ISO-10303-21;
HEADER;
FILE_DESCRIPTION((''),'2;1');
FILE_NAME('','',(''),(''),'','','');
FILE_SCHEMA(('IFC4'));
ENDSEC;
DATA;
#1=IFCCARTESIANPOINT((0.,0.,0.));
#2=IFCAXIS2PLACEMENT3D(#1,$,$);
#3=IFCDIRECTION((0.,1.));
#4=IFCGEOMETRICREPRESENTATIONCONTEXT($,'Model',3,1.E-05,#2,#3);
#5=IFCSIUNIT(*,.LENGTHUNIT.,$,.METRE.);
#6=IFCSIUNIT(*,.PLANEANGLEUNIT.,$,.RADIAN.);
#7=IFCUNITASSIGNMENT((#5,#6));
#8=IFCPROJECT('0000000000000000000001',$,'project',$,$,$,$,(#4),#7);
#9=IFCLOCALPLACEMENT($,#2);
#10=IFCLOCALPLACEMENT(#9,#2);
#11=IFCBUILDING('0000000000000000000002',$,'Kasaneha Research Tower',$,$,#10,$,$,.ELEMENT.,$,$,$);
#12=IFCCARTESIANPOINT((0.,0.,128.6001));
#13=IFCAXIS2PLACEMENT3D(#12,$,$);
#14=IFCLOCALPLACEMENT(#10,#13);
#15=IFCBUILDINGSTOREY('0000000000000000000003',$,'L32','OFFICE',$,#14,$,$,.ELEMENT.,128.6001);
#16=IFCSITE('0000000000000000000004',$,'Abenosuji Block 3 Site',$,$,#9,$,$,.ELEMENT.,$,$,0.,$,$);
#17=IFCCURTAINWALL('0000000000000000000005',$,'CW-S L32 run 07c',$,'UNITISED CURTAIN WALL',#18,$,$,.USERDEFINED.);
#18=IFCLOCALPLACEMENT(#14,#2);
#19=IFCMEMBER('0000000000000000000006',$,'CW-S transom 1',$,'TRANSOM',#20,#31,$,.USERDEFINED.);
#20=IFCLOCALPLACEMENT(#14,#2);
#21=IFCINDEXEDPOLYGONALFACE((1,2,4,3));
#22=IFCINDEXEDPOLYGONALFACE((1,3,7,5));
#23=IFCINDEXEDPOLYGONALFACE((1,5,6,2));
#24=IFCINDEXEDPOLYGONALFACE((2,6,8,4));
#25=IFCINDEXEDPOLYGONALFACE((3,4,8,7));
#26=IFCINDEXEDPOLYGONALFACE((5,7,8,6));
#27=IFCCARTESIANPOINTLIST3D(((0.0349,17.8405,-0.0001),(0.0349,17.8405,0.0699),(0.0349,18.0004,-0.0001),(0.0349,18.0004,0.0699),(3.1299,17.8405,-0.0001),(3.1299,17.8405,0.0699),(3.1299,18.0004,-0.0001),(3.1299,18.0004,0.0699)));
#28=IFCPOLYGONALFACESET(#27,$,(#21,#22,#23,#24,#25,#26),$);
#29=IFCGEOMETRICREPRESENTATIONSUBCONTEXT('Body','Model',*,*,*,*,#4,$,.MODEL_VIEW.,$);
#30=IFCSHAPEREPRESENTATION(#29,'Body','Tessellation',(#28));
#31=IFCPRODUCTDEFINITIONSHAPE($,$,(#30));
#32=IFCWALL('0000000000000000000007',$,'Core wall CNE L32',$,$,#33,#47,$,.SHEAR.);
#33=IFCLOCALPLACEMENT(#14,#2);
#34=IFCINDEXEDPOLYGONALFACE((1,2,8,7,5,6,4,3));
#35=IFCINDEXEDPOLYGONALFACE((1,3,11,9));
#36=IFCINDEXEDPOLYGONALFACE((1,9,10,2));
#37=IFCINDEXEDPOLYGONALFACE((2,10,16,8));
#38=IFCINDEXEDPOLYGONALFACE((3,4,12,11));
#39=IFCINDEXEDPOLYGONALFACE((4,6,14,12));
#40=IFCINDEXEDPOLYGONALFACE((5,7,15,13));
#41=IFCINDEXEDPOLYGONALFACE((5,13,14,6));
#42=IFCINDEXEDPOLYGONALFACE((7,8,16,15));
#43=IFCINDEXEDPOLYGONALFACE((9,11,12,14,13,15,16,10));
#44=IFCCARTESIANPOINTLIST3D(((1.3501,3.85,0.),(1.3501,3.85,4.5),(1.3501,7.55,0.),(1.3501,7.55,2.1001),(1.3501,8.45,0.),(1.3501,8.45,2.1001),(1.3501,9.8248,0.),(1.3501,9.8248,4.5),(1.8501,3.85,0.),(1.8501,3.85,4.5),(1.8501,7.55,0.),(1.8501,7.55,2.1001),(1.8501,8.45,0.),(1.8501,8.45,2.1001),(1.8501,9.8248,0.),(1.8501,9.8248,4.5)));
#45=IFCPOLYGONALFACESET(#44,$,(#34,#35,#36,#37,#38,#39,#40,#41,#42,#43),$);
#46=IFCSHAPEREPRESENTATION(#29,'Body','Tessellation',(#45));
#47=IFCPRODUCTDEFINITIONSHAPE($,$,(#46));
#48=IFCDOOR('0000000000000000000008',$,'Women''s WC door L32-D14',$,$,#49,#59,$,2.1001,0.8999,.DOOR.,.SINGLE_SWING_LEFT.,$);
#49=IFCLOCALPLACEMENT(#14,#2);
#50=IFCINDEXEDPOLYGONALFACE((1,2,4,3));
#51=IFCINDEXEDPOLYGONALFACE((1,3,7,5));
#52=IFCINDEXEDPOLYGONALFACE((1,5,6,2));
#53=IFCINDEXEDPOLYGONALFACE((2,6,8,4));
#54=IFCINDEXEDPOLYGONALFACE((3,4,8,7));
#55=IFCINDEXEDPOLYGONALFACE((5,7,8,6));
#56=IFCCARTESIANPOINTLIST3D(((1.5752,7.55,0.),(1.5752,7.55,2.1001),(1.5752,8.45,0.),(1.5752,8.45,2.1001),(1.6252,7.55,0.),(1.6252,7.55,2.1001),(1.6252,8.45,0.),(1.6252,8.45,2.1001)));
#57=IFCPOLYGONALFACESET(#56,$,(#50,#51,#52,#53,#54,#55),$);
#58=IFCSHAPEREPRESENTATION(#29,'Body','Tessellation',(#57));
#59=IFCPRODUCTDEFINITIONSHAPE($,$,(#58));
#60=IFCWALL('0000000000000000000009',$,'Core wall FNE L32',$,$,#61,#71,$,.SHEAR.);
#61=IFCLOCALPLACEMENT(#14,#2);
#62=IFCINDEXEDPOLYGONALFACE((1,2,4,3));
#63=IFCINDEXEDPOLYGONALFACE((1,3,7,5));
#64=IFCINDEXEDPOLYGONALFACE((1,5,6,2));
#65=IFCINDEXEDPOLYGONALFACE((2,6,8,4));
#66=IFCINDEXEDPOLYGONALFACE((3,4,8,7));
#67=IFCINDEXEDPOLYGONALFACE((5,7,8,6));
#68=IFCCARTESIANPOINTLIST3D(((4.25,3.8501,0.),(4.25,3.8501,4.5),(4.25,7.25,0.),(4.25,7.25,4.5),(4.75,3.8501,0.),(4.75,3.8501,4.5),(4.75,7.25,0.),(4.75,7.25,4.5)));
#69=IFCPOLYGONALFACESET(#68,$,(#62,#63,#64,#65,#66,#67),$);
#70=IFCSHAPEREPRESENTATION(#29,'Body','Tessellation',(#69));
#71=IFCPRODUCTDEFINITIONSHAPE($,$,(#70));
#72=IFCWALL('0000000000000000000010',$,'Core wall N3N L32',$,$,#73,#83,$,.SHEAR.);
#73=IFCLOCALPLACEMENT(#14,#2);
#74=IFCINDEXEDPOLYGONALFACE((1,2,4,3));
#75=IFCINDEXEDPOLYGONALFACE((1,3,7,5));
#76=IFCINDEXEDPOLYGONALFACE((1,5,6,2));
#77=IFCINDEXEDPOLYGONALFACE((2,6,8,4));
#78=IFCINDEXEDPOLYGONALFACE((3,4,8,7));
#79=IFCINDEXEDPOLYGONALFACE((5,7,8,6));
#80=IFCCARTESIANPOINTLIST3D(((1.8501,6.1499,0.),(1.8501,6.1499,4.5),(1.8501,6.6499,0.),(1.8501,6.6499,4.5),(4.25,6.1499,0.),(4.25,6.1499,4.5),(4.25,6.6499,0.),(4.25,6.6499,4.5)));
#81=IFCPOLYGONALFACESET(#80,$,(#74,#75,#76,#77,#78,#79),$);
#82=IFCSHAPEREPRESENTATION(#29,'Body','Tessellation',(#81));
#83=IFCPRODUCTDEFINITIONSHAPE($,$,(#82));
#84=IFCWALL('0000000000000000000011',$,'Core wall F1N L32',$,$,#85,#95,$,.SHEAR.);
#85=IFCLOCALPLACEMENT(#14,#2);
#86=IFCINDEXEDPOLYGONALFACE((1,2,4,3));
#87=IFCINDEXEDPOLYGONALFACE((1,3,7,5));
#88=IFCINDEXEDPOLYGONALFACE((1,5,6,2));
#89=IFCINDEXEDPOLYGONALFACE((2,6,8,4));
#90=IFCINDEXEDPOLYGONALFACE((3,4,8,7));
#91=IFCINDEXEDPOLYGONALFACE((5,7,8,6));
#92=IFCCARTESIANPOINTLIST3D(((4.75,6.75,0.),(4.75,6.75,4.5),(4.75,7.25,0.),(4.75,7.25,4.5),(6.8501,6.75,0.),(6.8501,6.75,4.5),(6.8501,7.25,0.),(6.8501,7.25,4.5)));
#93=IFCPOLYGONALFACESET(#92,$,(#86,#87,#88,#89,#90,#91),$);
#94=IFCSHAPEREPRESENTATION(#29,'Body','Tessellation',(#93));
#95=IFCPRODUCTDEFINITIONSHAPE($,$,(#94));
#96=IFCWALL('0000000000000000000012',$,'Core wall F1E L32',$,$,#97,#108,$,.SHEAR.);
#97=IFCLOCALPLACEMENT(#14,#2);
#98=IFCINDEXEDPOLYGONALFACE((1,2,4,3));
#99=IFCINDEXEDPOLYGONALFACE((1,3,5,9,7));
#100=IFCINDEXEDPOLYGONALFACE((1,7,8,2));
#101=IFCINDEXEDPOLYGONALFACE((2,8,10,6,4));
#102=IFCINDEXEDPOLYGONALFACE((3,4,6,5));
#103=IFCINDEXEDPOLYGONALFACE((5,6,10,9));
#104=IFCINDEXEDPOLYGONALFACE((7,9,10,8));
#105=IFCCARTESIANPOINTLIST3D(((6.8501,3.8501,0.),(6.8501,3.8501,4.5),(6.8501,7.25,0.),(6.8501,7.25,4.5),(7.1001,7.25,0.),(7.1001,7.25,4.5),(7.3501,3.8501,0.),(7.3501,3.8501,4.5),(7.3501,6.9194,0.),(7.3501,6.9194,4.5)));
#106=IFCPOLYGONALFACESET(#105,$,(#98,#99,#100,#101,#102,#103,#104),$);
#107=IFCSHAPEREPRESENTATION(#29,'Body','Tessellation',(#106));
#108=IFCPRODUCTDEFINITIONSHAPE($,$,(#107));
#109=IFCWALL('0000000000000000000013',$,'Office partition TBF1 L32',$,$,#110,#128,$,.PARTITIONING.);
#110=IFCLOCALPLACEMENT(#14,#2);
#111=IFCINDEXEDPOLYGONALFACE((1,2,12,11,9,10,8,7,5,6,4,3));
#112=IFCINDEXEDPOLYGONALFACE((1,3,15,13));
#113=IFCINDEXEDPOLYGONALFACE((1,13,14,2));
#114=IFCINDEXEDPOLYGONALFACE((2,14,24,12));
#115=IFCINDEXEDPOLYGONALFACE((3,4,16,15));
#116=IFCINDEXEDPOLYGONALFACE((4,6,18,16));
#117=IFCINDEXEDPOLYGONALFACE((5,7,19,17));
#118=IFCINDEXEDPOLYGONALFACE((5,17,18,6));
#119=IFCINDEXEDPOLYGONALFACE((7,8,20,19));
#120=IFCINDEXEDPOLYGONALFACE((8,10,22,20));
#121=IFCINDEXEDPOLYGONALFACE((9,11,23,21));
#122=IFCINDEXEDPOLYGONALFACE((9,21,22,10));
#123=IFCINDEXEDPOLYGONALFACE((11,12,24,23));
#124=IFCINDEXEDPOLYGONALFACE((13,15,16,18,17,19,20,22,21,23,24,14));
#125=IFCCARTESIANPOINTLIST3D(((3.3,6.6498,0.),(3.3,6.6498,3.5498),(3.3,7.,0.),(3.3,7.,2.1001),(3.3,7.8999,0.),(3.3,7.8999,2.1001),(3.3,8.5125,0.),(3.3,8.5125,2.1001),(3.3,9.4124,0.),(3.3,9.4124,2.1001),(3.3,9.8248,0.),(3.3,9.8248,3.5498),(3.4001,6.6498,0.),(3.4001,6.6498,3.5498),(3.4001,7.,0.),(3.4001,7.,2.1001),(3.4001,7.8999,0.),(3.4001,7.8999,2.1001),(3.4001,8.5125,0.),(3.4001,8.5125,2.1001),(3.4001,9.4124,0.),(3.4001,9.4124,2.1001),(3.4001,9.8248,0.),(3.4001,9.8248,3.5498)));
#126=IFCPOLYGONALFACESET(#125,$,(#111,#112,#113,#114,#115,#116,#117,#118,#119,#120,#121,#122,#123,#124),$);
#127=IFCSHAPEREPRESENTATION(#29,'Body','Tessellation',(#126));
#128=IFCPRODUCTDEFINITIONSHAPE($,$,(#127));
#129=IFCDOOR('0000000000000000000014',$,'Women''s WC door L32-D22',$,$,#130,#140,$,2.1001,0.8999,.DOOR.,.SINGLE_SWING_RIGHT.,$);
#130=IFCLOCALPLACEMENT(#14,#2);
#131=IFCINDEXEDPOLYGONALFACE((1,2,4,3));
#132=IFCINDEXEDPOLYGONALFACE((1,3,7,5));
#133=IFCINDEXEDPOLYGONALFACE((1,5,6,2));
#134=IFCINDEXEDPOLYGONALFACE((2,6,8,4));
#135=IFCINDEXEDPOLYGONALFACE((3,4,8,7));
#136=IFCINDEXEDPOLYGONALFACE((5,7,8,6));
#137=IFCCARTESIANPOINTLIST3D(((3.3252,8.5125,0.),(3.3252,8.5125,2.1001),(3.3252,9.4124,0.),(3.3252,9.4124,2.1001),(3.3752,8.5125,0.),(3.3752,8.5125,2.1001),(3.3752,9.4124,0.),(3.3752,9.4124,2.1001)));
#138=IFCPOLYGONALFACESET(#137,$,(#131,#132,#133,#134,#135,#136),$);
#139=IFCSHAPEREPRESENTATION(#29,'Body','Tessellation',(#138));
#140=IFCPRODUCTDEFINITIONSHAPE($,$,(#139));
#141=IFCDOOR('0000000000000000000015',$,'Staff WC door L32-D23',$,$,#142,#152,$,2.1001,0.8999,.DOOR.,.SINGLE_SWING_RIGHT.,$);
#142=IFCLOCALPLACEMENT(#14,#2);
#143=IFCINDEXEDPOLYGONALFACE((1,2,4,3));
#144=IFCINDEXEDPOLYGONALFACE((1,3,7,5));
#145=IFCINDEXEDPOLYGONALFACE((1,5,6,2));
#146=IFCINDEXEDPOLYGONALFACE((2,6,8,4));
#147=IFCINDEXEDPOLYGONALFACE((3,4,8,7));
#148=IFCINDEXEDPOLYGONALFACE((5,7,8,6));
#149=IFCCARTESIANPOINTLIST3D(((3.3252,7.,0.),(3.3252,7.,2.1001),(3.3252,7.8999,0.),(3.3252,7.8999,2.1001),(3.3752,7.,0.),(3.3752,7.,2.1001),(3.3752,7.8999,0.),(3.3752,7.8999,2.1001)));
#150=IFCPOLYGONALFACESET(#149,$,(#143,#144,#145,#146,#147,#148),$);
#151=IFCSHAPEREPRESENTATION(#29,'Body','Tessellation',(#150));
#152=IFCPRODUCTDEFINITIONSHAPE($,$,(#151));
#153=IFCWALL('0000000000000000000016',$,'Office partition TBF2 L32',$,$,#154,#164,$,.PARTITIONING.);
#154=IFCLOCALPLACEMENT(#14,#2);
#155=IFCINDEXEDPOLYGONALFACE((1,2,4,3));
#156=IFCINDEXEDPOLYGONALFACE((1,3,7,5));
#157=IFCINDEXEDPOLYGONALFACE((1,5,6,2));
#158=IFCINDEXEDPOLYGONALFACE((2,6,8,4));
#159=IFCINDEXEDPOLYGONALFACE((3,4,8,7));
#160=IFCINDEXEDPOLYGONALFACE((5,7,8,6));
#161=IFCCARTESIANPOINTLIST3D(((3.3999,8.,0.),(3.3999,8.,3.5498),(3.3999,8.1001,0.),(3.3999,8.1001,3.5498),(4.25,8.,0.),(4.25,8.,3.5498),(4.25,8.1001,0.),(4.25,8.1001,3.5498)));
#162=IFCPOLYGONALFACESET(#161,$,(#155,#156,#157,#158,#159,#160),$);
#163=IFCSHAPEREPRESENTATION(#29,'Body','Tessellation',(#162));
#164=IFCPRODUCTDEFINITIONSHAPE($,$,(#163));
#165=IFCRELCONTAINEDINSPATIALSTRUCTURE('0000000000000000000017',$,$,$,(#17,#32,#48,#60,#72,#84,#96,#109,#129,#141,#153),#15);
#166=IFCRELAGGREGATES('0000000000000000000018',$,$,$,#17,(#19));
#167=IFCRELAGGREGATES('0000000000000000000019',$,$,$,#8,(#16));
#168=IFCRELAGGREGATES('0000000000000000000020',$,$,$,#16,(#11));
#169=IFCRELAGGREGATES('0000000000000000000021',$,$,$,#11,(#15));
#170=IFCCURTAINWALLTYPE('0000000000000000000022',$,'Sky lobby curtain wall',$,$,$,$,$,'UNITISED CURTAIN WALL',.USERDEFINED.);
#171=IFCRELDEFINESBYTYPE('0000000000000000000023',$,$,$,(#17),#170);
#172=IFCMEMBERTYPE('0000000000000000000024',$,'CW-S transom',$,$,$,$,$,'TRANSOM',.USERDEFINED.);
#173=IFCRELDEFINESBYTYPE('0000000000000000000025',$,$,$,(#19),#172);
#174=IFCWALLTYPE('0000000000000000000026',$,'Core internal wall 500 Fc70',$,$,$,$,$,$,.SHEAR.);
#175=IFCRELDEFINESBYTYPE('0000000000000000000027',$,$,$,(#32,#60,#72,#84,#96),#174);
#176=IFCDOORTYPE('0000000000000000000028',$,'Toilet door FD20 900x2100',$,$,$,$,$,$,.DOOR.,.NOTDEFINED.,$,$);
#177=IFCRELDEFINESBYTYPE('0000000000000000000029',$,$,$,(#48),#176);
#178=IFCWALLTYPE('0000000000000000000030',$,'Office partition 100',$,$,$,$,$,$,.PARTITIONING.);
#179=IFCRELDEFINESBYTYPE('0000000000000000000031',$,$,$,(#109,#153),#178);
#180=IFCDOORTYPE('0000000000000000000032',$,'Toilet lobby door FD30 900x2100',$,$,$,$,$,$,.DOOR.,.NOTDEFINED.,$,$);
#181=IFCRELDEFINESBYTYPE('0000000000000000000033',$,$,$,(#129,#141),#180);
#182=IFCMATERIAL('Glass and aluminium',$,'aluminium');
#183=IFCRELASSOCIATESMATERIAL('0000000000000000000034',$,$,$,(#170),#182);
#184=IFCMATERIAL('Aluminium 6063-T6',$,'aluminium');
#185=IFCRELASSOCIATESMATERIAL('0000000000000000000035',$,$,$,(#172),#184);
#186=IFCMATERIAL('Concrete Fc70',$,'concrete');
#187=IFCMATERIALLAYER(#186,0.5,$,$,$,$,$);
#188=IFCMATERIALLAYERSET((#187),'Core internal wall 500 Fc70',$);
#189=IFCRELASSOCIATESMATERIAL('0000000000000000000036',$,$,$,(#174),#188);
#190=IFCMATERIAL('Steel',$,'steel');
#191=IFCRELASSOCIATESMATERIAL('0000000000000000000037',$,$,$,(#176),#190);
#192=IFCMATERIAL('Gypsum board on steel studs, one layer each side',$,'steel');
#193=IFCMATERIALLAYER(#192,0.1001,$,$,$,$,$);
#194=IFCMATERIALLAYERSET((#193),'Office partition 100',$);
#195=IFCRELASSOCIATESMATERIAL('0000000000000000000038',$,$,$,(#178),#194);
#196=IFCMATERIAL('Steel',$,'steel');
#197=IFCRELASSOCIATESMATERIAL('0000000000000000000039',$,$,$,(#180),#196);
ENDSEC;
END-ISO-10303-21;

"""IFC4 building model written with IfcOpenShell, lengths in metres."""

from ifc_helpers import new_model, si_unit, direction, frame, frame_2d, origin, origin_2d, place, context, subcontext, project, spatial, polyline, rectangle, outline, extrude, material, layer, layer_set, material_profile, profile_set, type_object, element, fill, aggregate, save


model = new_model("IFC4")

# Units and contexts
model_context = context("Model", 3, precision=1e-05, world=origin(), true_north=direction((0.0, 1.0)))
body_context = subcontext(model_context, "Body", "Model", "MODEL_VIEW")
ifc_project = project(units=[si_unit("LENGTHUNIT", "METRE"), si_unit("PLANEANGLEUNIT", "RADIAN")], contexts=[model_context])

# Site, building, storey
site_placement = place(None, origin())
site = spatial("IfcSite", under=ifc_project, at=site_placement, Name="Abenosuji Block 3 Site", CompositionType="ELEMENT", RefElevation=0.0)
building_placement = place(site_placement, origin())
building = spatial("IfcBuilding", under=site, at=building_placement, Name="Kasaneha Research Tower", CompositionType="ELEMENT")
storey_placement = place(building_placement, frame((0.0, 0.0, 128.6001)))
storey = spatial("IfcBuildingStorey", under=building, at=storey_placement, Name="L32", Description="OFFICE", CompositionType="ELEMENT", Elevation=128.6001)

# Curtain wall, member
ifc_material_1 = material(Name="Glass and aluminium", Category="aluminium")
curtain_wall_type = type_object("IfcCurtainWallType", Name="Sky lobby curtain wall", ElementType="UNITISED CURTAIN WALL", PredefinedType="USERDEFINED", material=ifc_material_1)
curtain_wall_placement = place(storey_placement, origin())
curtain_wall = element("IfcCurtainWall", 1, at=curtain_wall_placement, inside=storey, type_object=curtain_wall_type, Name="CW-S L32 run 07c", ObjectType="UNITISED CURTAIN WALL", PredefinedType="USERDEFINED")
ifc_material_2 = material(Name="Aluminium 6063-T6", Category="aluminium")
ifc_material_profile = material_profile(ifc_material_2, rectangle(XDim=0.1599, YDim=0.0701, at=origin_2d()), Name="CW-S transom 160x70")
ifc_profile_set = profile_set([ifc_material_profile], Name="Aluminium 6063-T6")
member_type = type_object("IfcMemberType", Name="CW-S transom", ElementType="TRANSOM", PredefinedType="USERDEFINED", material=ifc_profile_set)
member_placement = place(storey_placement, frame((3.1299, 17.9204, 0.0349), z_axis=(-1.0, 0.0, 0.0), x_axis=(0.0, -1.0, 0.0)))
member = element("IfcMember", 2, at=member_placement, type_object=member_type, Name="CW-S transom 1", ObjectType="TRANSOM", PredefinedType="USERDEFINED", context=body_context, shape_type="SweptSolid", body=[
    extrude(rectangle(XDim=0.1599, YDim=0.0701, at=origin_2d()), origin(), (0.0, 0.0, 1.0), 3.095),
])
aggregate(curtain_wall, [member])

# Wall, opening, door
ifc_material_3 = material(Name="Concrete Fc70", Category="concrete")
ifc_layer_1 = layer(ifc_material_3, 0.5)
ifc_layer_set_1 = layer_set([ifc_layer_1], Name="Core internal wall 500 Fc70")
wall_type_1 = type_object("IfcWallType", Name="Core internal wall 500 Fc70", PredefinedType="SHEAR", material=ifc_layer_set_1)
wall_1_placement = place(storey_placement, frame((1.6001, 3.8501, 0.0), z_axis=(0.0, 0.0, 1.0), x_axis=(0.0, 1.0, 0.0)))
wall_1 = element("IfcWall", 3, at=wall_1_placement, inside=storey, type_object=wall_type_1, Name="Core wall CNE L32", PredefinedType="SHEAR", context=body_context, shape_type="SweptSolid", body=[
    extrude(rectangle(XDim=5.9749, YDim=0.5, at=frame_2d((2.9873, 0.0))), origin(), (0.0, 0.0, 1.0), 4.5),
])
opening_1_placement = place(wall_1_placement, frame((3.7, 0.0, 0.0)))
opening_1 = element("IfcOpeningElement", 4, at=opening_1_placement, cuts=wall_1, PredefinedType="OPENING", context=body_context, shape_type="SweptSolid", body=[
    extrude(rectangle(XDim=0.8999, YDim=2.1001, at=frame_2d((0.45, 1.05))), frame((0.0, 0.26, 0.0), z_axis=(0.0, -1.0, 0.0), x_axis=(1.0, 0.0, 0.0)), (0.0, 0.0, 1.0), 0.52),
])
ifc_material_4 = material(Name="Steel", Category="steel")
door_type_1 = type_object("IfcDoorType", Name="Toilet door FD20 900x2100", OperationType="NOTDEFINED", PredefinedType="DOOR", material=ifc_material_4)
door_1_placement = place(opening_1_placement, origin())
door_1 = element("IfcDoor", 5, at=door_1_placement, inside=storey, type_object=door_type_1, Name="Women's WC door L32-D14", OperationType="SINGLE_SWING_LEFT", OverallHeight=2.1001, OverallWidth=0.8999, PredefinedType="DOOR", context=body_context, shape_type="SweptSolid", body=[
    extrude(rectangle(XDim=0.8999, YDim=2.1001, at=frame_2d((0.45, 1.05))), frame((0.0, 0.0249, 0.0), z_axis=(0.0, -1.0, 0.0), x_axis=(1.0, 0.0, 0.0)), (0.0, 0.0, 1.0), 0.05),
])
fill(opening_1, door_1)

# Walls
wall_2_placement = place(storey_placement, frame((4.5, 3.8501, 0.0), z_axis=(0.0, 0.0, 1.0), x_axis=(0.0, 1.0, 0.0)))
element("IfcWall", 6, at=wall_2_placement, inside=storey, type_object=wall_type_1, Name="Core wall FNE L32", PredefinedType="SHEAR", context=body_context, shape_type="SweptSolid", body=[
    extrude(rectangle(XDim=3.3999, YDim=0.5, at=frame_2d((1.7, 0.0))), origin(), (0.0, 0.0, 1.0), 4.5),
])
wall_3_placement = place(storey_placement, frame((1.8501, 6.3999, 0.0), z_axis=(0.0, 0.0, 1.0), x_axis=(1.0, 0.0, 0.0)))
element("IfcWall", 7, at=wall_3_placement, inside=storey, type_object=wall_type_1, Name="Core wall N3N L32", PredefinedType="SHEAR", context=body_context, shape_type="SweptSolid", body=[
    extrude(rectangle(XDim=2.3999, YDim=0.5, at=frame_2d((1.2, 0.0))), origin(), (0.0, 0.0, 1.0), 4.5),
])
wall_4_placement = place(storey_placement, frame((4.75, 7.0, 0.0), z_axis=(0.0, 0.0, 1.0), x_axis=(1.0, 0.0, 0.0)))
element("IfcWall", 8, at=wall_4_placement, inside=storey, type_object=wall_type_1, Name="Core wall F1N L32", PredefinedType="SHEAR", context=body_context, shape_type="SweptSolid", body=[
    extrude(rectangle(XDim=2.1001, YDim=0.5, at=frame_2d((1.05, 0.0))), origin(), (0.0, 0.0, 1.0), 4.5),
])
wall_5_placement = place(storey_placement, frame((7.1001, 3.8501, 0.0), z_axis=(0.0, 0.0, 1.0), x_axis=(0.0, 1.0, 0.0)))
element("IfcWall", 9, at=wall_5_placement, inside=storey, type_object=wall_type_1, Name="Core wall F1E L32", PredefinedType="SHEAR", context=body_context, shape_type="SweptSolid", body=[
    extrude(outline(polyline([(0.0, -0.25), (3.0693, -0.25), (3.3999, 0.0), (3.3999, 0.25), (0.0, 0.25), (0.0, -0.25)])), origin(), (0.0, 0.0, 1.0), 4.5),
])

# Wall, openings, doors
ifc_material_5 = material(Name="Gypsum board on steel studs, one layer each side", Category="steel")
ifc_layer_2 = layer(ifc_material_5, 0.1001)
ifc_layer_set_2 = layer_set([ifc_layer_2], Name="Office partition 100")
wall_type_2 = type_object("IfcWallType", Name="Office partition 100", PredefinedType="PARTITIONING", material=ifc_layer_set_2)
wall_6_placement = place(storey_placement, frame((3.3501, 6.6499, 0.0), z_axis=(0.0, 0.0, 1.0), x_axis=(0.0, 1.0, 0.0)))
wall_6 = element("IfcWall", 10, at=wall_6_placement, inside=storey, type_object=wall_type_2, Name="Office partition TBF1 L32", PredefinedType="PARTITIONING", context=body_context, shape_type="SweptSolid", body=[
    extrude(rectangle(XDim=3.175, YDim=0.1001, at=frame_2d((1.5874, 0.0))), origin(), (0.0, 0.0, 1.0), 3.5498),
])
opening_2_placement = place(wall_6_placement, frame((1.8625, 0.0, 0.0)))
opening_2 = element("IfcOpeningElement", 11, at=opening_2_placement, cuts=wall_6, PredefinedType="OPENING", context=body_context, shape_type="SweptSolid", body=[
    extrude(rectangle(XDim=0.8999, YDim=2.1001, at=frame_2d((0.45, 1.05))), frame((0.0, 0.0601, 0.0), z_axis=(0.0, -1.0, 0.0), x_axis=(1.0, 0.0, 0.0)), (0.0, 0.0, 1.0), 0.1201),
])
opening_3_placement = place(wall_6_placement, frame((0.3501, 0.0, 0.0)))
opening_3 = element("IfcOpeningElement", 12, at=opening_3_placement, cuts=wall_6, PredefinedType="OPENING", context=body_context, shape_type="SweptSolid", body=[
    extrude(rectangle(XDim=0.8999, YDim=2.1001, at=frame_2d((0.45, 1.05))), frame((0.0, 0.0601, 0.0), z_axis=(0.0, -1.0, 0.0), x_axis=(1.0, 0.0, 0.0)), (0.0, 0.0, 1.0), 0.1201),
])
ifc_material_6 = material(Name="Steel", Category="steel")
door_type_2 = type_object("IfcDoorType", Name="Toilet lobby door FD30 900x2100", OperationType="NOTDEFINED", PredefinedType="DOOR", material=ifc_material_6)
door_2_placement = place(opening_2_placement, origin())
door_2 = element("IfcDoor", 13, at=door_2_placement, inside=storey, type_object=door_type_2, Name="Women's WC door L32-D22", OperationType="SINGLE_SWING_RIGHT", OverallHeight=2.1001, OverallWidth=0.8999, PredefinedType="DOOR", context=body_context, shape_type="SweptSolid", body=[
    extrude(rectangle(XDim=0.8999, YDim=2.1001, at=frame_2d((0.45, 1.05))), frame((0.0, 0.0249, 0.0), z_axis=(0.0, -1.0, 0.0), x_axis=(1.0, 0.0, 0.0)), (0.0, 0.0, 1.0), 0.05),
])
fill(opening_2, door_2)
door_3_placement = place(opening_3_placement, origin())
door_3 = element("IfcDoor", 14, at=door_3_placement, inside=storey, type_object=door_type_2, Name="Staff WC door L32-D23", OperationType="SINGLE_SWING_RIGHT", OverallHeight=2.1001, OverallWidth=0.8999, PredefinedType="DOOR", context=body_context, shape_type="SweptSolid", body=[
    extrude(rectangle(XDim=0.8999, YDim=2.1001, at=frame_2d((0.45, 1.05))), frame((0.0, 0.0249, 0.0), z_axis=(0.0, -1.0, 0.0), x_axis=(1.0, 0.0, 0.0)), (0.0, 0.0, 1.0), 0.05),
])
fill(opening_3, door_3)

# Wall
wall_7_placement = place(storey_placement, frame((3.3999, 8.05, 0.0), z_axis=(0.0, 0.0, 1.0), x_axis=(1.0, 0.0, 0.0)))
element("IfcWall", 15, at=wall_7_placement, inside=storey, type_object=wall_type_2, Name="Office partition TBF2 L32", PredefinedType="PARTITIONING", context=body_context, shape_type="SweptSolid", body=[
    extrude(rectangle(XDim=0.8501, YDim=0.1001, at=frame_2d((0.425, 0.0))), origin(), (0.0, 0.0, 1.0), 3.5498),
])

save(model, "model.ifc")
